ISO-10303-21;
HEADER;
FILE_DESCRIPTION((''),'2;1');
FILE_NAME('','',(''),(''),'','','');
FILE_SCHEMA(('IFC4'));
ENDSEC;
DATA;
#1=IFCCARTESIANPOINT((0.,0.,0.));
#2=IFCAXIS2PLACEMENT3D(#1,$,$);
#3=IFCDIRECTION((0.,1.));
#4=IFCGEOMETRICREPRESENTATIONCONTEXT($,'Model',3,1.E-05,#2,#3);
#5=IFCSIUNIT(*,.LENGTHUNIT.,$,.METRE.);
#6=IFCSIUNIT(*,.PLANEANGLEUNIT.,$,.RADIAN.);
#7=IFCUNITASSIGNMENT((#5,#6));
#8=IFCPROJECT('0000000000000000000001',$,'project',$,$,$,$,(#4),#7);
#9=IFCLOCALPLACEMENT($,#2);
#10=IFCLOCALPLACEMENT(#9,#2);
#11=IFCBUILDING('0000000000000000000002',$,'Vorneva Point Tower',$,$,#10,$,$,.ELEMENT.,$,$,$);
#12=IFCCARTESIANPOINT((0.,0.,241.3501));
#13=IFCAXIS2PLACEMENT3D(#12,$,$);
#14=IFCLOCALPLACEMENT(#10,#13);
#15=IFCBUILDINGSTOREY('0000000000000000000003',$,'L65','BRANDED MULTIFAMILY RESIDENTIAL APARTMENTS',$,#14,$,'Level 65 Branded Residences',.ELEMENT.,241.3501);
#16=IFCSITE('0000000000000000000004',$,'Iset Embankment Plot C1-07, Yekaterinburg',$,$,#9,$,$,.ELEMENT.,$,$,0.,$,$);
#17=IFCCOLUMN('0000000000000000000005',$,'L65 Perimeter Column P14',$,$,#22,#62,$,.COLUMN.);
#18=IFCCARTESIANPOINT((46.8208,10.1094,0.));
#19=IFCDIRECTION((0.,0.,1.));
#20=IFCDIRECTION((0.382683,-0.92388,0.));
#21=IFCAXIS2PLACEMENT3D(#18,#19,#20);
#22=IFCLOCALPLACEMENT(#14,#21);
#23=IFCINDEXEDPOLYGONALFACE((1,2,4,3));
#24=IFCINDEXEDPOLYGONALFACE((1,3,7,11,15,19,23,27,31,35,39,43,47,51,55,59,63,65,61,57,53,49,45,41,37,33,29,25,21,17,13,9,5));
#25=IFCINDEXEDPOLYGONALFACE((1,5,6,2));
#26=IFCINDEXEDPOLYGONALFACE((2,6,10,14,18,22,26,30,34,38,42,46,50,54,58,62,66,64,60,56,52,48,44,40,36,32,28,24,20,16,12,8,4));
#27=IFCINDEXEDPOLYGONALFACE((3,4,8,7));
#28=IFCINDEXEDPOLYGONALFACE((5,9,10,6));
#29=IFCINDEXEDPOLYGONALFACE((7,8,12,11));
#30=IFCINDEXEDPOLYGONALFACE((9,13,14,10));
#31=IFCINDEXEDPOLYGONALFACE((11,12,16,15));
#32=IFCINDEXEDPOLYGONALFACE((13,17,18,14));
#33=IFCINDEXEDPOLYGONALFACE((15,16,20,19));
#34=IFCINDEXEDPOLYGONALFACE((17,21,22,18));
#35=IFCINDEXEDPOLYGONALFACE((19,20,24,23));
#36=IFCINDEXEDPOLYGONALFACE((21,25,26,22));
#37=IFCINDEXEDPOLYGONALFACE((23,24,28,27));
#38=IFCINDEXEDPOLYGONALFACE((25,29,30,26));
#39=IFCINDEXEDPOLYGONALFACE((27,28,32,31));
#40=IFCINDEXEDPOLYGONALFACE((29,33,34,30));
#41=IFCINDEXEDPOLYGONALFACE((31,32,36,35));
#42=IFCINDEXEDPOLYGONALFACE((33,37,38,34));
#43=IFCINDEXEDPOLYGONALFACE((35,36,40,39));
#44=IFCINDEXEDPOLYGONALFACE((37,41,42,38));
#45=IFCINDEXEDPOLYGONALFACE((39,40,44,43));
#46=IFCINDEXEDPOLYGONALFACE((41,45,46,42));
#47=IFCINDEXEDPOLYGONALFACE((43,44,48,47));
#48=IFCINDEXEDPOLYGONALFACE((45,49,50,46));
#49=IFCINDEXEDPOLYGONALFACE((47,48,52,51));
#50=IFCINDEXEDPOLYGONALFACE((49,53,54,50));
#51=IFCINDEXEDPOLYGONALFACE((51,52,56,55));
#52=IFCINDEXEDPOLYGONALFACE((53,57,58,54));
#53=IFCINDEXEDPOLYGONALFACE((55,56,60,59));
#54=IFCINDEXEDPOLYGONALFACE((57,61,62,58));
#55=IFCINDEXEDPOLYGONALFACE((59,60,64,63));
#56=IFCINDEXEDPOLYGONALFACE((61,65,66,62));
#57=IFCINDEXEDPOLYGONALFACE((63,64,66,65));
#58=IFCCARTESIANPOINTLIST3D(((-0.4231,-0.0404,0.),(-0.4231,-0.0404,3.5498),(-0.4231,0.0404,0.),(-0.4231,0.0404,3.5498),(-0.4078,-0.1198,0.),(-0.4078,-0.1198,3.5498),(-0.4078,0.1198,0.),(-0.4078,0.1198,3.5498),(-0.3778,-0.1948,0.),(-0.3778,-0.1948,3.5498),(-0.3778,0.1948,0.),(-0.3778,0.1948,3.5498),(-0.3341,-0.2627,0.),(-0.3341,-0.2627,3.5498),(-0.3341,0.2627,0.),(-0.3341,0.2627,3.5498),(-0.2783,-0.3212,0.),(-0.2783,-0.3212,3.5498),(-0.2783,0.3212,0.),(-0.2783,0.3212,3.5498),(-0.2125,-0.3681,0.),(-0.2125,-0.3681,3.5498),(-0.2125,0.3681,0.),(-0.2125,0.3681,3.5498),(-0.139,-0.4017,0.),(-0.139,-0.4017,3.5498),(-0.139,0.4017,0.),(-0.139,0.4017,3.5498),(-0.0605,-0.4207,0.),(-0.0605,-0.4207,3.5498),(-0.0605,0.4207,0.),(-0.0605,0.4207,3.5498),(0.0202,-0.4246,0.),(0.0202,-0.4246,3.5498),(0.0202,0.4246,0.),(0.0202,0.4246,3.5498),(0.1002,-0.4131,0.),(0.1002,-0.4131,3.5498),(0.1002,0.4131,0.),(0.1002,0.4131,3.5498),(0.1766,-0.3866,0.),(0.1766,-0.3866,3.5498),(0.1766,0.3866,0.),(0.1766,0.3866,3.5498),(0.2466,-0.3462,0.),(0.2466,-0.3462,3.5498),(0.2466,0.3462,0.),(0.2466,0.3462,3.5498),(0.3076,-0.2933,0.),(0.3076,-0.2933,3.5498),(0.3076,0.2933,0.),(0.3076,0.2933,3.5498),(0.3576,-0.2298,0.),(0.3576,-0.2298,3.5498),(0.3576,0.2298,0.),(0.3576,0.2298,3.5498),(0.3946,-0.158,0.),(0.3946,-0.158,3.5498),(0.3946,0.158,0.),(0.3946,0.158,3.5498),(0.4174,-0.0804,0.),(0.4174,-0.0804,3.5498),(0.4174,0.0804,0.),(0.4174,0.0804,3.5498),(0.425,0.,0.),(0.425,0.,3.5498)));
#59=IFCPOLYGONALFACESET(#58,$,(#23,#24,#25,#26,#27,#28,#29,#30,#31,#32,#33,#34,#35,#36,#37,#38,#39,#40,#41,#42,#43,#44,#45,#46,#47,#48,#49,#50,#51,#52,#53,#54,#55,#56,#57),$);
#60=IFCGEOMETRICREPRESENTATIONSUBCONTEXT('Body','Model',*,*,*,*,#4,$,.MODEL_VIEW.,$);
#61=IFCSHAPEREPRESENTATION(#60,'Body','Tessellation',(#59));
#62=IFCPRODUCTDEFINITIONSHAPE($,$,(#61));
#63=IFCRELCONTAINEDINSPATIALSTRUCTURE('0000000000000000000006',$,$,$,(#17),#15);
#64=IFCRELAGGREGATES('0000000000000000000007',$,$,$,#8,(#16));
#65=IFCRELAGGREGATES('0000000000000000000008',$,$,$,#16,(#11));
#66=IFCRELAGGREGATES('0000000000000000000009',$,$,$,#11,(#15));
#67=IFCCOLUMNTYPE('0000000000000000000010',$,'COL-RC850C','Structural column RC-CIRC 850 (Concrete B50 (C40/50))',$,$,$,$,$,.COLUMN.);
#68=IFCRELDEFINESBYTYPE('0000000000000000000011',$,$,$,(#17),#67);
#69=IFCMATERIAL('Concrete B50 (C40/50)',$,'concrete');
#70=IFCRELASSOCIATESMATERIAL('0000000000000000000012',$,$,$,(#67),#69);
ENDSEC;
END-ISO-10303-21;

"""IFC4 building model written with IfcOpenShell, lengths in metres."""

from ifc_helpers import new_model, si_unit, direction, frame, origin, origin_2d, place, context, subcontext, project, spatial, circle, extrude, material, material_profile, profile_set, type_object, element, save


model = new_model("IFC4")

# Units and contexts
model_context = context("Model", 3, precision=1e-05, world=origin(), true_north=direction((0.0, 1.0)))
body_context = subcontext(model_context, "Body", "Model", "MODEL_VIEW")
ifc_project = project(units=[si_unit("LENGTHUNIT", "METRE"), si_unit("PLANEANGLEUNIT", "RADIAN")], contexts=[model_context])

# Site, building, storey
site_placement = place(None, origin())
site = spatial("IfcSite", under=ifc_project, at=site_placement, Name="Iset Embankment Plot C1-07, Yekaterinburg", CompositionType="ELEMENT", RefElevation=0.0)
building_placement = place(site_placement, origin())
building = spatial("IfcBuilding", under=site, at=building_placement, Name="Vorneva Point Tower", CompositionType="ELEMENT")
storey_placement = place(building_placement, frame((0.0, 0.0, 241.3501)))
storey = spatial("IfcBuildingStorey", under=building, at=storey_placement, Name="L65", Description="BRANDED MULTIFAMILY RESIDENTIAL APARTMENTS", LongName="Level 65 Branded Residences", CompositionType="ELEMENT", Elevation=241.3501)

# Column
ifc_material_1 = material(Name="Concrete B50 (C40/50)", Category="concrete")
ifc_material_profile_1 = material_profile(ifc_material_1, circle(Radius=0.425, at=origin_2d()), Name="RC-CIRC 850")
ifc_profile_set_1 = profile_set([ifc_material_profile_1], Name="Concrete B50 (C40/50)")
column_type_1 = type_object("IfcColumnType", Name="COL-RC850C", Description="Structural column RC-CIRC 850 (Concrete B50 (C40/50))", PredefinedType="COLUMN", material=ifc_profile_set_1)
column_1_placement = place(storey_placement, frame((46.8208, 10.1094, 0.0), z_axis=(0.0, 0.0, 1.0), x_axis=(0.382683, -0.92388, 0.0)))
element("IfcColumn", 1, at=column_1_placement, inside=storey, type_object=column_type_1, Name="L65 Perimeter Column P14", PredefinedType="COLUMN", context=body_context, shape_type="SweptSolid", body=[
    extrude(circle(Radius=0.425, at=origin_2d()), origin(), (0.0, 0.0, 1.0), 3.5498),
])

save(model, "model.ifc")
